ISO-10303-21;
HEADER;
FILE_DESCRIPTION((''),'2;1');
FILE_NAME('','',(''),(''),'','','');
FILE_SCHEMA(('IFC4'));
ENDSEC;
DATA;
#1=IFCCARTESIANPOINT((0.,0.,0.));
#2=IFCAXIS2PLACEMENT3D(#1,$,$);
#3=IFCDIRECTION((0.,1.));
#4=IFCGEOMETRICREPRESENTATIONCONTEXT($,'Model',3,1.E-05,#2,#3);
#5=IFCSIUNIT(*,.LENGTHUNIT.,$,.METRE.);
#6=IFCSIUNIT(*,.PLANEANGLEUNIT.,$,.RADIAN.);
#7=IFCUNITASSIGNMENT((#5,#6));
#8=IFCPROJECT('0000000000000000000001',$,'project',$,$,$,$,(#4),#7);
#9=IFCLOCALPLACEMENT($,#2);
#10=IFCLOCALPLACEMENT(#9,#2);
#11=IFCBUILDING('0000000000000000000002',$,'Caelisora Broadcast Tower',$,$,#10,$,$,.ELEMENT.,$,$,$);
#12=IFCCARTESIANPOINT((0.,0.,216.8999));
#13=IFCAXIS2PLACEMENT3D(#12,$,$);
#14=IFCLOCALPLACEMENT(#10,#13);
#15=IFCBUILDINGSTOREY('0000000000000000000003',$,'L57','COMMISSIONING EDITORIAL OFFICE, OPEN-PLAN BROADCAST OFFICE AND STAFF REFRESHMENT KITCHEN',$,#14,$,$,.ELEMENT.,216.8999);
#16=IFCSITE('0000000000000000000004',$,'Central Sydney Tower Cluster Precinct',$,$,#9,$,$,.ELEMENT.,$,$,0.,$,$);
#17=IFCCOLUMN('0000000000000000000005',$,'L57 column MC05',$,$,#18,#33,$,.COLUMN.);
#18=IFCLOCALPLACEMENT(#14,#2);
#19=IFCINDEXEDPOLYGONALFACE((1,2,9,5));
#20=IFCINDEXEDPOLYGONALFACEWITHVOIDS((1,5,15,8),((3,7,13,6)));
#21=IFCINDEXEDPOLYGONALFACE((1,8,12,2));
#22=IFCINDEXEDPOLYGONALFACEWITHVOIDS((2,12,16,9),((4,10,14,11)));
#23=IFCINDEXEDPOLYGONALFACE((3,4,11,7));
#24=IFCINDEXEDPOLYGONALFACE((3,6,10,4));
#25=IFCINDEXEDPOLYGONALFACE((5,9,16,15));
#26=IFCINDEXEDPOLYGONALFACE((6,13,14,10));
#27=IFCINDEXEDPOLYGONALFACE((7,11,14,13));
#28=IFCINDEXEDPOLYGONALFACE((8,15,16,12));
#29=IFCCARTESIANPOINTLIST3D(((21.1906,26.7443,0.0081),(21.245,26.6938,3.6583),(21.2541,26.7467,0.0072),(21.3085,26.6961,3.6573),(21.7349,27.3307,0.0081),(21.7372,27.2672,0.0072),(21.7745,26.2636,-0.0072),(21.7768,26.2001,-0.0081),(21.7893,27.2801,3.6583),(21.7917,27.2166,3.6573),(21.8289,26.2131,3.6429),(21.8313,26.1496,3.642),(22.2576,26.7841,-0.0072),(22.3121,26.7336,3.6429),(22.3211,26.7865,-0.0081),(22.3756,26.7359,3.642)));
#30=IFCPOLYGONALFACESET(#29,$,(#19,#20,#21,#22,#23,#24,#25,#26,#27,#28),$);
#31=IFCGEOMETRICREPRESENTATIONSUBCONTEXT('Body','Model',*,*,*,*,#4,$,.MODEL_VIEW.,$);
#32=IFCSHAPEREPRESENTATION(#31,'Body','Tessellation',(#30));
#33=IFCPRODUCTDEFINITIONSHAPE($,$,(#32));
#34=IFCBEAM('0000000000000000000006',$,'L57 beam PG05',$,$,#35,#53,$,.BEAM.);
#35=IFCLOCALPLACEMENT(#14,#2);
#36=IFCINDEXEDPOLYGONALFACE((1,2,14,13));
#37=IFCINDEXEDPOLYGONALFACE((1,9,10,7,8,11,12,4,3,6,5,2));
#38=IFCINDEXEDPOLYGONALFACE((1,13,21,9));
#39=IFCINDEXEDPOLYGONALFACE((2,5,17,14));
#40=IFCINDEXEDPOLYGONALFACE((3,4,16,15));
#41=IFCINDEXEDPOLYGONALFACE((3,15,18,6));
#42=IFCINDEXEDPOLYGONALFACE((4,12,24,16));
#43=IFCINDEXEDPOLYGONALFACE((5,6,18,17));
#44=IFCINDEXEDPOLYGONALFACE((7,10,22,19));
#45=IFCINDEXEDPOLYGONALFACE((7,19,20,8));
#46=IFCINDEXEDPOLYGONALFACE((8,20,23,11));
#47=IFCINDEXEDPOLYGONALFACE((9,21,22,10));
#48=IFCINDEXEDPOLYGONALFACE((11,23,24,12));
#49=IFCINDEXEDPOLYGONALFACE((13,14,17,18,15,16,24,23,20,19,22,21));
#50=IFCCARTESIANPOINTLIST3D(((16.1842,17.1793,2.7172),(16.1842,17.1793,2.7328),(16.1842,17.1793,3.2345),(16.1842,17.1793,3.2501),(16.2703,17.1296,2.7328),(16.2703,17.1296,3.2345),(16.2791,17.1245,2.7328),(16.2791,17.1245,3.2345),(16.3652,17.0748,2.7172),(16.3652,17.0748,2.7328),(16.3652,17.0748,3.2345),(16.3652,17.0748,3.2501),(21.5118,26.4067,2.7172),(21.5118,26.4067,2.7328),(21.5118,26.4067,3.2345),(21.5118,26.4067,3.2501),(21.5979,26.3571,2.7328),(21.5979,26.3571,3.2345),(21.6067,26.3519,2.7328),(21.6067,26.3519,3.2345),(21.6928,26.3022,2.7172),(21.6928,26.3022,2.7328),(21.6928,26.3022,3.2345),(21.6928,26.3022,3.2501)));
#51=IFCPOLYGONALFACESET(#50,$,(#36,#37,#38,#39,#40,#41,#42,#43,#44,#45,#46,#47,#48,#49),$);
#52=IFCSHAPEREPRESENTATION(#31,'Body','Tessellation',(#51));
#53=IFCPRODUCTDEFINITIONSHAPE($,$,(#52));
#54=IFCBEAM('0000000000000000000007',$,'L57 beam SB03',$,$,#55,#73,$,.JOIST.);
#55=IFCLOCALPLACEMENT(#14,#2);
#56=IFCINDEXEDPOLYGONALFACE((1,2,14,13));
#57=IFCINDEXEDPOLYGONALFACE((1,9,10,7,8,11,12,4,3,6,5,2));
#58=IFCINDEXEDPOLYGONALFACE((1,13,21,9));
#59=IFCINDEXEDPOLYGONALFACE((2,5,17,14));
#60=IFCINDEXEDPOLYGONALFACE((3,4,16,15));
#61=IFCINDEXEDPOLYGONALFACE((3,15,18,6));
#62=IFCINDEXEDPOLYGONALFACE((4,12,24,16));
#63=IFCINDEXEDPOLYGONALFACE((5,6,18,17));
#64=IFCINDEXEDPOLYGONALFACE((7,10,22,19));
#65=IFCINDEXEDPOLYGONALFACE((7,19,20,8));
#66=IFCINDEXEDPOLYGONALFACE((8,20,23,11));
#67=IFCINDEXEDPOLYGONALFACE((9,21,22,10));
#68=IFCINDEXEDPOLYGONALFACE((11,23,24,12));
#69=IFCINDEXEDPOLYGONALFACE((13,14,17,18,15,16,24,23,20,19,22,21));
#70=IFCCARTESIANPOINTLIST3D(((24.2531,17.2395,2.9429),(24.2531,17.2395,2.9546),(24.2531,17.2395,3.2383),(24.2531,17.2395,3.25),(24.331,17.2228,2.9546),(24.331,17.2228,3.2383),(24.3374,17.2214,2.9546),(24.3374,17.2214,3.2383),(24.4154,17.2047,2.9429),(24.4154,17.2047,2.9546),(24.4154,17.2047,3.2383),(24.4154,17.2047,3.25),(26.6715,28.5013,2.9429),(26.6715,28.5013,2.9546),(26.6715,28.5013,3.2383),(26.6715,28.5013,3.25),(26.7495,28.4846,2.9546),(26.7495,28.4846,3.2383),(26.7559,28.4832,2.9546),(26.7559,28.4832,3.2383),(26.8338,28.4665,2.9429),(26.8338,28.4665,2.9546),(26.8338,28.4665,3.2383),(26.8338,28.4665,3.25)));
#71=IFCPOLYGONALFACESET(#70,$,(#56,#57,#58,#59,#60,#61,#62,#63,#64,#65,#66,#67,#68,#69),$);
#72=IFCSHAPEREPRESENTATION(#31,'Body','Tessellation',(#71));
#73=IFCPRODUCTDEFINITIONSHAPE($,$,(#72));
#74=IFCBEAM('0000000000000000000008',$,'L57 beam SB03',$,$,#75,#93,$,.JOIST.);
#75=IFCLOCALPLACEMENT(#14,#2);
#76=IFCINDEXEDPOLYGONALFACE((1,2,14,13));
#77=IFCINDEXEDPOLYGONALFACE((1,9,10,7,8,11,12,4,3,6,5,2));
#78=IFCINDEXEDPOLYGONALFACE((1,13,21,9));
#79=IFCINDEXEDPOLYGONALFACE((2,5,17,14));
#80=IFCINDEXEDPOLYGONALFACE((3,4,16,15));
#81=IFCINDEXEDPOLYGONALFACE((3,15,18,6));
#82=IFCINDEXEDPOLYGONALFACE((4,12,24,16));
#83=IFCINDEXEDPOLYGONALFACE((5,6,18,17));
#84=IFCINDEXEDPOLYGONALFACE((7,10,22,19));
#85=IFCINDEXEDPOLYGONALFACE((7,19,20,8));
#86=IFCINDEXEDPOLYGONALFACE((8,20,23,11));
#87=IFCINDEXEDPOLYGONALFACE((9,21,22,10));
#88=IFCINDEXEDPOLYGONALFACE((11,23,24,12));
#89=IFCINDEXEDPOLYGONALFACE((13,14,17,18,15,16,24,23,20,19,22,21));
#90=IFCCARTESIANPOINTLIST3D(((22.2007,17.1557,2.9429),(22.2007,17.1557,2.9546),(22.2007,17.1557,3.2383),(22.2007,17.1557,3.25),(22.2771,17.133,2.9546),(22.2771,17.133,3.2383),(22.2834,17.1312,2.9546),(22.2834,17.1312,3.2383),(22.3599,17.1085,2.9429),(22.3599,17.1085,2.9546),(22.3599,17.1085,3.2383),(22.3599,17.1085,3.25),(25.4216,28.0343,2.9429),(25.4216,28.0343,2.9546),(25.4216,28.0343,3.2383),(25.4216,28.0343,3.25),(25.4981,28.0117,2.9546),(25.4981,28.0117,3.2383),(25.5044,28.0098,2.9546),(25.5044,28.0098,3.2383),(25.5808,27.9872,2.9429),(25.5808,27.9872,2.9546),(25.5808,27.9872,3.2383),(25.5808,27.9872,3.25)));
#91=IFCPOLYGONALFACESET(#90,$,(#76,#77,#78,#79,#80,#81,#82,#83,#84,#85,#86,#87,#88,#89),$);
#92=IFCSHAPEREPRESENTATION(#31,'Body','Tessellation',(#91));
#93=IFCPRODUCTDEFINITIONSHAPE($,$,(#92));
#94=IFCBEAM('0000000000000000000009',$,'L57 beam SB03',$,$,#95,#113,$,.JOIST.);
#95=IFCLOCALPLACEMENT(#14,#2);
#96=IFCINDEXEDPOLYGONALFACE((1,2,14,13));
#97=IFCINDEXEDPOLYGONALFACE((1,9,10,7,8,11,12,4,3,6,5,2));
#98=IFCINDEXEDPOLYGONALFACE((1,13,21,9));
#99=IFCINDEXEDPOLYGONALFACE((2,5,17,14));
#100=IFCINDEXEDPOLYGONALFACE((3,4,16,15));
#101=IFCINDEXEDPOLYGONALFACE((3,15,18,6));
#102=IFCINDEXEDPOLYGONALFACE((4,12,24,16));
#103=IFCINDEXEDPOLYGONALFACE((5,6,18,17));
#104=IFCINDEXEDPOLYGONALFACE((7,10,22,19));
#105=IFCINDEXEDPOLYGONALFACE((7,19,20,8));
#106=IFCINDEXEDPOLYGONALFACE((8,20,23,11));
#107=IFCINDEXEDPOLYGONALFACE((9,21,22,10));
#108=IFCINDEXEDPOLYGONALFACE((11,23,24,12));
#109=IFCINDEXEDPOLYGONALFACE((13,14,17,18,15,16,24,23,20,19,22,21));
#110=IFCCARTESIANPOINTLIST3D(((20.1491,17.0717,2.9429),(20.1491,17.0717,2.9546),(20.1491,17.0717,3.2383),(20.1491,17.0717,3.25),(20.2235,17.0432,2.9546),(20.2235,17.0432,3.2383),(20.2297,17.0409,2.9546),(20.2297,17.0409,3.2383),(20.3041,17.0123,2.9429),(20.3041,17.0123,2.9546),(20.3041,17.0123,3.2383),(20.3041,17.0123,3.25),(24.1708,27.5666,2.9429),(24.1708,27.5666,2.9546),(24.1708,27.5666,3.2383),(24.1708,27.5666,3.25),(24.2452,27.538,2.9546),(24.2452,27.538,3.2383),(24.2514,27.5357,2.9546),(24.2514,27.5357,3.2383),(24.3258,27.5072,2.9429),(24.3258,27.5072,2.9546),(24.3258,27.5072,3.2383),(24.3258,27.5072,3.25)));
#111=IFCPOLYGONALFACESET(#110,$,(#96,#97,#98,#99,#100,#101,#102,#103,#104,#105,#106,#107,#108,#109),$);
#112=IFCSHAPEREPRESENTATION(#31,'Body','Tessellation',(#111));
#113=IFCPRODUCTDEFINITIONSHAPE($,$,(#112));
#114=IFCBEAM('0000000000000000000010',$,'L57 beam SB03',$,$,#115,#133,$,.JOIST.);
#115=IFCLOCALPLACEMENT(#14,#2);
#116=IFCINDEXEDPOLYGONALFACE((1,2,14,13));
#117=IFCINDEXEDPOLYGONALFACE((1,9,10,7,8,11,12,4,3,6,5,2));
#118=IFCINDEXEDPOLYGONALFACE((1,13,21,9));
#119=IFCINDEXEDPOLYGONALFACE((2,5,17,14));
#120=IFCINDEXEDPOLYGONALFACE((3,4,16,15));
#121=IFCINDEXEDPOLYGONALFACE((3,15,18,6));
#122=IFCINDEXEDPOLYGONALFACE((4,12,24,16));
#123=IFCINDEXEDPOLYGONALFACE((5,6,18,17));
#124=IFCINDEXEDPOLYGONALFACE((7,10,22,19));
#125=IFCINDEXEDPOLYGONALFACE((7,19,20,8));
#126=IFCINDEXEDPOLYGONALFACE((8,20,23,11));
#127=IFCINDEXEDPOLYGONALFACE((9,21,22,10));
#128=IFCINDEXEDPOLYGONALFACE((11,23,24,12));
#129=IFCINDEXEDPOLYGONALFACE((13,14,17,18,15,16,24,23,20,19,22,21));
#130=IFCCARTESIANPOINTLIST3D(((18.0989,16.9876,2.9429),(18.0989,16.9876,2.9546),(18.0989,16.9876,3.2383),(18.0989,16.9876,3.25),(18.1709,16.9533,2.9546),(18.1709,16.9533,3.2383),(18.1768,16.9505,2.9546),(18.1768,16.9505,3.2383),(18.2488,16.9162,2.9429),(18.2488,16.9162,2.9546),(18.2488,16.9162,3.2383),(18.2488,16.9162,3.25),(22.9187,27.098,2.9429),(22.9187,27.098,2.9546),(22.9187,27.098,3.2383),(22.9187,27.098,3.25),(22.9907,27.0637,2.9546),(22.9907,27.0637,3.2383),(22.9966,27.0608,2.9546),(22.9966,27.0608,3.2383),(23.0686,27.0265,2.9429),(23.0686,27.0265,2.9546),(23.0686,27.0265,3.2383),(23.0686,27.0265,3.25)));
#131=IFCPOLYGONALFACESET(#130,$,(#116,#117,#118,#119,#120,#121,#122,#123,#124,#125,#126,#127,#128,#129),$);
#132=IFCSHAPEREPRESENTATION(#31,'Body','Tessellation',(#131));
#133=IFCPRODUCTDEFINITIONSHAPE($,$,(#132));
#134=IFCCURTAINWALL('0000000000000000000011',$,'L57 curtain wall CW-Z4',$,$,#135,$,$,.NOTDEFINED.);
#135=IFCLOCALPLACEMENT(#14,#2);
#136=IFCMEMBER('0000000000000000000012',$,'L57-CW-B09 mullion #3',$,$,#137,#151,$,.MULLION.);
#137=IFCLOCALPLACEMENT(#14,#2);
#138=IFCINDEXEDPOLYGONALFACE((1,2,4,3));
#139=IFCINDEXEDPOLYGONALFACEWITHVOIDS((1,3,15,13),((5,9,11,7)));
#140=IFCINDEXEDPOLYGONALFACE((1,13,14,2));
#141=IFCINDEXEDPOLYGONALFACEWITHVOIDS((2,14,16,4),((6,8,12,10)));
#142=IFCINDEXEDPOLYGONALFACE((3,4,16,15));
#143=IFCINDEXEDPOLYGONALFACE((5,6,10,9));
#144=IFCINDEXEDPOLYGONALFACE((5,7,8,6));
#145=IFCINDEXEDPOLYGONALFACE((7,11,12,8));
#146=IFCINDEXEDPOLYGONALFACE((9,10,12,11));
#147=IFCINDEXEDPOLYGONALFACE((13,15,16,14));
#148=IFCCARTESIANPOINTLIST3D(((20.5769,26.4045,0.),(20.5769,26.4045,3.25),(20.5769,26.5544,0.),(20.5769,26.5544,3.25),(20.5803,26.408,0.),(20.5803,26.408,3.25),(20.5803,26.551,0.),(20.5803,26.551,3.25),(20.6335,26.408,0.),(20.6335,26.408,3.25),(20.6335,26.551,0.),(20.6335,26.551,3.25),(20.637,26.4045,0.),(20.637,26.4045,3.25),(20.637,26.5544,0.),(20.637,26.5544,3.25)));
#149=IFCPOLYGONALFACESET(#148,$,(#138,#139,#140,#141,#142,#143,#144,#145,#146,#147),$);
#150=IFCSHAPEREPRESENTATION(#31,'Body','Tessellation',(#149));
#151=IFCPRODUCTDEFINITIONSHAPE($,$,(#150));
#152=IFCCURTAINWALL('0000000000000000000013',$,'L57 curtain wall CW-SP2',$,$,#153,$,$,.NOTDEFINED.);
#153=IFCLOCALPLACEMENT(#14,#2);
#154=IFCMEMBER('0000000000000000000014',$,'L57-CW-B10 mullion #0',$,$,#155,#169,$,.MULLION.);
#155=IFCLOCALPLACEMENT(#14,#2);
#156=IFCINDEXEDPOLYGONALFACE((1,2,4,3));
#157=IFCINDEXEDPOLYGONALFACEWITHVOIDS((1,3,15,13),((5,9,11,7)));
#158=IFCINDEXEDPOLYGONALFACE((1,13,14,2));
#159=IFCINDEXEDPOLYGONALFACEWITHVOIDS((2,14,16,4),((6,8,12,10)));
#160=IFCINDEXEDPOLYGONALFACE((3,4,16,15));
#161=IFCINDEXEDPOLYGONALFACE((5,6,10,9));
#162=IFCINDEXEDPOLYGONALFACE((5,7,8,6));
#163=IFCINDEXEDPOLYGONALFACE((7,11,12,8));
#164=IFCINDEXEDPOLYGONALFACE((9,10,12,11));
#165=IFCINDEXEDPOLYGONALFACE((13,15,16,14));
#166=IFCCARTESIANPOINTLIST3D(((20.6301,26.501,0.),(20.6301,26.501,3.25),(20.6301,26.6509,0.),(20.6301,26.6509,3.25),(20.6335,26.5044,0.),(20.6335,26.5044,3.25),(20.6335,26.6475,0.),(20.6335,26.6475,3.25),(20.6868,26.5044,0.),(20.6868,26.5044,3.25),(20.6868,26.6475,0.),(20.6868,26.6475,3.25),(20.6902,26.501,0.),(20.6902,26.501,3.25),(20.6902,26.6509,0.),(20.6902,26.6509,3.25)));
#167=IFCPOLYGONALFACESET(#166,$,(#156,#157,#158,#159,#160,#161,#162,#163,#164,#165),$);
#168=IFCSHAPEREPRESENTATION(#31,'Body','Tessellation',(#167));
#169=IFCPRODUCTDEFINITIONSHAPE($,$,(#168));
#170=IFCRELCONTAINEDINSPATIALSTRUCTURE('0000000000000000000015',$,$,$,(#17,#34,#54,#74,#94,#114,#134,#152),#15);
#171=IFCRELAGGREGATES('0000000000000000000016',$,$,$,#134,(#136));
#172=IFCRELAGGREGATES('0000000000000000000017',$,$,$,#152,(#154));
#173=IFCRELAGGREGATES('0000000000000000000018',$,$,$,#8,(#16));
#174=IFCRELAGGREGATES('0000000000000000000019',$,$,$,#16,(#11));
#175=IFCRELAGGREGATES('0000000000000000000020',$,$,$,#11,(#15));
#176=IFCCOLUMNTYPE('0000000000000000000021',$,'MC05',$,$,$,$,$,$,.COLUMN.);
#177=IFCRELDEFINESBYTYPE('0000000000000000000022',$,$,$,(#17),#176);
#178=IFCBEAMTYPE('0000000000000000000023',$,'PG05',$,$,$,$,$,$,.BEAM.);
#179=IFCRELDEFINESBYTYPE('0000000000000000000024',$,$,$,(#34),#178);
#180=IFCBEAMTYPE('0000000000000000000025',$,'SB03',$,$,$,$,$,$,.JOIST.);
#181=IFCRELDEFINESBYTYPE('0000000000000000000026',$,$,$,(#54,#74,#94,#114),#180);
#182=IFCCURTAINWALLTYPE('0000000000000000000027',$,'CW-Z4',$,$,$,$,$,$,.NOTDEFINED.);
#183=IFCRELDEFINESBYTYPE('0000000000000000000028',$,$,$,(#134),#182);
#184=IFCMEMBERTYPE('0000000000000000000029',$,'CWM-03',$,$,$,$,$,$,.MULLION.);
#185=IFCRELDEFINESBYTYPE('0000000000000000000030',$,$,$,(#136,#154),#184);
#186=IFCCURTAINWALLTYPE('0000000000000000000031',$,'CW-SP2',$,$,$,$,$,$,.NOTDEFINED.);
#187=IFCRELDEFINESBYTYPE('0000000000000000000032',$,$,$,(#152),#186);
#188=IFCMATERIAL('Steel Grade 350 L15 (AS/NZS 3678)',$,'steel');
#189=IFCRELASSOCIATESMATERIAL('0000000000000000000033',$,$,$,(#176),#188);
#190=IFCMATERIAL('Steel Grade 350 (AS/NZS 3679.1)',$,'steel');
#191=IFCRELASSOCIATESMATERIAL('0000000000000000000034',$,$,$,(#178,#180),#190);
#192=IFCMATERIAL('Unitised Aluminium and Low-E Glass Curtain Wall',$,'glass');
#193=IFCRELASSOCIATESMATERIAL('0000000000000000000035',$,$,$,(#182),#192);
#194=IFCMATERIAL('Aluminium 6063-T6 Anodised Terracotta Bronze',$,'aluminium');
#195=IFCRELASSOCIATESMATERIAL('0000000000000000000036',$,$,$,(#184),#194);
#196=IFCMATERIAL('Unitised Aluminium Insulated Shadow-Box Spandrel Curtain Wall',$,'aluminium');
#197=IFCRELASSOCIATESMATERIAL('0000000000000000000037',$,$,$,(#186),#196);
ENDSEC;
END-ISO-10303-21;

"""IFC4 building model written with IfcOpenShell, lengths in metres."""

from ifc_helpers import new_model, si_unit, direction, frame, origin, origin_2d, place, context, subcontext, project, spatial, hollow_rectangle, i_section, extrude, source, transform, mapped, material, material_profile, profile_set, type_object, type_shapes, element, aggregate, save


model = new_model("IFC4")

# Units and contexts
model_context = context("Model", 3, precision=1e-05, world=origin(), true_north=direction((0.0, 1.0)))
body_context = subcontext(model_context, "Body", "Model", "MODEL_VIEW")
ifc_project = project(units=[si_unit("LENGTHUNIT", "METRE"), si_unit("PLANEANGLEUNIT", "RADIAN")], contexts=[model_context])

# Site, building, storey
site_placement = place(None, origin())
site = spatial("IfcSite", under=ifc_project, at=site_placement, Name="Central Sydney Tower Cluster Precinct", CompositionType="ELEMENT", RefElevation=0.0)
building_placement = place(site_placement, origin())
building = spatial("IfcBuilding", under=site, at=building_placement, Name="Caelisora Broadcast Tower", CompositionType="ELEMENT")
storey_placement = place(building_placement, frame((0.0, 0.0, 216.8999)))
storey = spatial("IfcBuildingStorey", under=building, at=storey_placement, Name="L57", Description="COMMISSIONING EDITORIAL OFFICE, OPEN-PLAN BROADCAST OFFICE AND STAFF REFRESHMENT KITCHEN", CompositionType="ELEMENT", Elevation=216.8999)

# Column
ifc_material_1 = material(Name="Steel Grade 350 L15 (AS/NZS 3678)", Category="steel")
ifc_material_profile_1 = material_profile(ifc_material_1, hollow_rectangle(XDim=0.8, YDim=0.8, WallThickness=0.0449, at=origin_2d()), Name="Steel Grade 350 L15 (AS/NZS 3678)")
ifc_profile_set_1 = profile_set([ifc_material_profile_1], Name="Steel Grade 350 L15 (AS/NZS 3678)")
column_type = type_object("IfcColumnType", Name="MC05", PredefinedType="COLUMN", material=ifc_profile_set_1)
shared_shape_1 = source(origin(), body_context, "Body", "SweptSolid", [
    extrude(hollow_rectangle(XDim=0.8, YDim=0.8, WallThickness=0.0449, at=origin_2d()), origin(), (0.0, 0.0, 1.0), 3.6509),
])
type_shapes(column_type, [shared_shape_1])
column_placement = place(storey_placement, frame((21.7559, 26.7654, 0.0), z_axis=(0.014912, -0.013842, 0.999793), x_axis=(0.680325, 0.732911, 0.0)))
element("IfcColumn", 1, at=column_placement, inside=storey, type_object=column_type, Name="L57 column MC05", PredefinedType="COLUMN", context=body_context, shape_type="MappedRepresentation", body=[
    mapped(shared_shape_1, transform((0.0, 0.0, 0.0), scale=1.0)),
])

# Beams
ifc_material_2 = material(Name="Steel Grade 350 (AS/NZS 3679.1)", Category="steel")
ifc_material_profile_2 = material_profile(ifc_material_2, i_section(OverallWidth=0.209, OverallDepth=0.533, WebThickness=0.0103, FlangeThickness=0.0156, at=origin_2d()), Name="Steel Grade 350 (AS/NZS 3679.1)")
ifc_profile_set_2 = profile_set([ifc_material_profile_2], Name="Steel Grade 350 (AS/NZS 3679.1)")
beam_type_1 = type_object("IfcBeamType", Name="PG05", PredefinedType="BEAM", material=ifc_profile_set_2)
shared_shape_2 = source(origin(), body_context, "Body", "SweptSolid", [
    extrude(i_section(OverallWidth=0.209, OverallDepth=0.533, WebThickness=0.0103, FlangeThickness=0.0156, at=origin_2d()), origin(), (0.0, 0.0, 1.0), 10.655),
])
type_shapes(beam_type_1, [shared_shape_2])
beam_1_placement = place(storey_placement, frame((21.6023, 26.3545, 2.9836), z_axis=(-0.500008, -0.866021, 0.0), x_axis=(0.866021, -0.500008, 0.0)))
element("IfcBeam", 2, at=beam_1_placement, inside=storey, type_object=beam_type_1, Name="L57 beam PG05", PredefinedType="BEAM", context=body_context, shape_type="MappedRepresentation", body=[
    mapped(shared_shape_2, transform((0.0, 0.0, 0.0), scale=1.0)),
])
ifc_material_profile_3 = material_profile(ifc_material_2, i_section(OverallWidth=0.166, OverallDepth=0.3071, WebThickness=0.0066, FlangeThickness=0.0117, at=origin_2d()), Name="Steel Grade 350 (AS/NZS 3679.1)")
ifc_profile_set_3 = profile_set([ifc_material_profile_3], Name="Steel Grade 350 (AS/NZS 3679.1)")
beam_type_2 = type_object("IfcBeamType", Name="SB03", PredefinedType="JOIST", material=ifc_profile_set_3)
shared_shape_3 = source(origin(), body_context, "Body", "SweptSolid", [
    extrude(i_section(OverallWidth=0.166, OverallDepth=0.3071, WebThickness=0.0066, FlangeThickness=0.0117, at=origin_2d()), origin(), (0.0, 0.0, 1.0), 11.5186),
])
beam_2_placement = place(storey_placement, frame((26.7527, 28.4839, 3.0964), z_axis=(-0.209963, -0.977709, 0.0), x_axis=(0.977709, -0.209963, 0.0)))
element("IfcBeam", 3, at=beam_2_placement, inside=storey, type_object=beam_type_2, Name="L57 beam SB03", PredefinedType="JOIST", context=body_context, shape_type="MappedRepresentation", body=[
    mapped(shared_shape_3, transform((0.0, 0.0, 0.0), scale=1.0)),
])
shared_shape_4 = source(origin(), body_context, "Body", "SweptSolid", [
    extrude(i_section(OverallWidth=0.166, OverallDepth=0.3071, WebThickness=0.0066, FlangeThickness=0.0117, at=origin_2d()), origin(), (0.0, 0.0, 1.0), 11.3455),
])
beam_3_placement = place(storey_placement, frame((25.5012, 28.0107, 3.0964), z_axis=(-0.283897, -0.958855, 0.0), x_axis=(0.958855, -0.283897, 0.0)))
element("IfcBeam", 4, at=beam_3_placement, inside=storey, type_object=beam_type_2, Name="L57 beam SB03", PredefinedType="JOIST", context=body_context, shape_type="MappedRepresentation", body=[
    mapped(shared_shape_4, transform((0.0, 0.0, 0.0), scale=1.0)),
])
shared_shape_5 = source(origin(), body_context, "Body", "SweptSolid", [
    extrude(i_section(OverallWidth=0.166, OverallDepth=0.3071, WebThickness=0.0066, FlangeThickness=0.0117, at=origin_2d()), origin(), (0.0, 0.0, 1.0), 11.239),
])
beam_4_placement = place(storey_placement, frame((24.2483, 27.5369, 3.0964), z_axis=(-0.357835, -0.933785, 0.0), x_axis=(0.933785, -0.357835, 0.0)))
element("IfcBeam", 5, at=beam_4_placement, inside=storey, type_object=beam_type_2, Name="L57 beam SB03", PredefinedType="JOIST", context=body_context, shape_type="MappedRepresentation", body=[
    mapped(shared_shape_5, transform((0.0, 0.0, 0.0), scale=1.0)),
])
shared_shape_6 = source(origin(), body_context, "Body", "SweptSolid", [
    extrude(i_section(OverallWidth=0.166, OverallDepth=0.3071, WebThickness=0.0066, FlangeThickness=0.0117, at=origin_2d()), origin(), (0.0, 0.0, 1.0), 11.2004),
])
type_shapes(beam_type_2, [shared_shape_3, shared_shape_4, shared_shape_5, shared_shape_6])
beam_5_placement = place(storey_placement, frame((22.9937, 27.0623, 3.0964), z_axis=(-0.430324, -0.902674, 0.0), x_axis=(0.902674, -0.430324, 0.0)))
element("IfcBeam", 6, at=beam_5_placement, inside=storey, type_object=beam_type_2, Name="L57 beam SB03", PredefinedType="JOIST", context=body_context, shape_type="MappedRepresentation", body=[
    mapped(shared_shape_6, transform((0.0, 0.0, 0.0), scale=1.0)),
])

# Curtain wall, member
ifc_material_3 = material(Name="Unitised Aluminium and Low-E Glass Curtain Wall", Category="glass")
curtain_wall_type_1 = type_object("IfcCurtainWallType", Name="CW-Z4", PredefinedType="NOTDEFINED", material=ifc_material_3)
curtain_wall_1_placement = place(storey_placement, origin())
curtain_wall_1 = element("IfcCurtainWall", 7, at=curtain_wall_1_placement, inside=storey, type_object=curtain_wall_type_1, Name="L57 curtain wall CW-Z4", PredefinedType="NOTDEFINED")
ifc_material_4 = material(Name="Aluminium 6063-T6 Anodised Terracotta Bronze", Category="aluminium")
ifc_material_profile_4 = material_profile(ifc_material_4, hollow_rectangle(XDim=0.0601, YDim=0.1499, WallThickness=0.0034, at=origin_2d()), Name="Aluminium 6063-T6 Anodised Terracotta Bronze")
ifc_profile_set_4 = profile_set([ifc_material_profile_4], Name="Aluminium 6063-T6 Anodised Terracotta Bronze")
member_type_1 = type_object("IfcMemberType", Name="CWM-03", PredefinedType="MULLION", material=ifc_profile_set_4)
shared_shape_7 = source(origin(), body_context, "Body", "SweptSolid", [
    extrude(hollow_rectangle(XDim=0.0601, YDim=0.1499, WallThickness=0.0034, at=origin_2d()), origin(), (0.0, 0.0, 1.0), 3.25),
])
type_shapes(member_type_1, [shared_shape_7])
member_1_placement = place(storey_placement, frame((20.6069, 26.4795, 0.0), z_axis=(0.0, 0.0, 1.0), x_axis=(1.0, 0.0, 0.0)))
member_1 = element("IfcMember", 8, at=member_1_placement, type_object=member_type_1, Name="L57-CW-B09 mullion #3", PredefinedType="MULLION", context=body_context, shape_type="MappedRepresentation", body=[
    mapped(shared_shape_7, transform((0.0, 0.0, 0.0), scale=1.0)),
])

# Curtain wall, member
ifc_material_5 = material(Name="Unitised Aluminium Insulated Shadow-Box Spandrel Curtain Wall", Category="aluminium")
curtain_wall_type_2 = type_object("IfcCurtainWallType", Name="CW-SP2", PredefinedType="NOTDEFINED", material=ifc_material_5)
curtain_wall_2_placement = place(storey_placement, origin())
curtain_wall_2 = element("IfcCurtainWall", 9, at=curtain_wall_2_placement, inside=storey, type_object=curtain_wall_type_2, Name="L57 curtain wall CW-SP2", PredefinedType="NOTDEFINED")
member_2_placement = place(storey_placement, frame((20.6602, 26.5759, 0.0), z_axis=(0.0, 0.0, 1.0), x_axis=(1.0, 0.0, 0.0)))
member_2 = element("IfcMember", 10, at=member_2_placement, type_object=member_type_1, Name="L57-CW-B10 mullion #0", PredefinedType="MULLION", context=body_context, shape_type="MappedRepresentation", body=[
    mapped(shared_shape_7, transform((0.0, 0.0, 0.0), scale=1.0)),
])

aggregate(curtain_wall_1, [member_1])
aggregate(curtain_wall_2, [member_2])

save(model, "model.ifc")
